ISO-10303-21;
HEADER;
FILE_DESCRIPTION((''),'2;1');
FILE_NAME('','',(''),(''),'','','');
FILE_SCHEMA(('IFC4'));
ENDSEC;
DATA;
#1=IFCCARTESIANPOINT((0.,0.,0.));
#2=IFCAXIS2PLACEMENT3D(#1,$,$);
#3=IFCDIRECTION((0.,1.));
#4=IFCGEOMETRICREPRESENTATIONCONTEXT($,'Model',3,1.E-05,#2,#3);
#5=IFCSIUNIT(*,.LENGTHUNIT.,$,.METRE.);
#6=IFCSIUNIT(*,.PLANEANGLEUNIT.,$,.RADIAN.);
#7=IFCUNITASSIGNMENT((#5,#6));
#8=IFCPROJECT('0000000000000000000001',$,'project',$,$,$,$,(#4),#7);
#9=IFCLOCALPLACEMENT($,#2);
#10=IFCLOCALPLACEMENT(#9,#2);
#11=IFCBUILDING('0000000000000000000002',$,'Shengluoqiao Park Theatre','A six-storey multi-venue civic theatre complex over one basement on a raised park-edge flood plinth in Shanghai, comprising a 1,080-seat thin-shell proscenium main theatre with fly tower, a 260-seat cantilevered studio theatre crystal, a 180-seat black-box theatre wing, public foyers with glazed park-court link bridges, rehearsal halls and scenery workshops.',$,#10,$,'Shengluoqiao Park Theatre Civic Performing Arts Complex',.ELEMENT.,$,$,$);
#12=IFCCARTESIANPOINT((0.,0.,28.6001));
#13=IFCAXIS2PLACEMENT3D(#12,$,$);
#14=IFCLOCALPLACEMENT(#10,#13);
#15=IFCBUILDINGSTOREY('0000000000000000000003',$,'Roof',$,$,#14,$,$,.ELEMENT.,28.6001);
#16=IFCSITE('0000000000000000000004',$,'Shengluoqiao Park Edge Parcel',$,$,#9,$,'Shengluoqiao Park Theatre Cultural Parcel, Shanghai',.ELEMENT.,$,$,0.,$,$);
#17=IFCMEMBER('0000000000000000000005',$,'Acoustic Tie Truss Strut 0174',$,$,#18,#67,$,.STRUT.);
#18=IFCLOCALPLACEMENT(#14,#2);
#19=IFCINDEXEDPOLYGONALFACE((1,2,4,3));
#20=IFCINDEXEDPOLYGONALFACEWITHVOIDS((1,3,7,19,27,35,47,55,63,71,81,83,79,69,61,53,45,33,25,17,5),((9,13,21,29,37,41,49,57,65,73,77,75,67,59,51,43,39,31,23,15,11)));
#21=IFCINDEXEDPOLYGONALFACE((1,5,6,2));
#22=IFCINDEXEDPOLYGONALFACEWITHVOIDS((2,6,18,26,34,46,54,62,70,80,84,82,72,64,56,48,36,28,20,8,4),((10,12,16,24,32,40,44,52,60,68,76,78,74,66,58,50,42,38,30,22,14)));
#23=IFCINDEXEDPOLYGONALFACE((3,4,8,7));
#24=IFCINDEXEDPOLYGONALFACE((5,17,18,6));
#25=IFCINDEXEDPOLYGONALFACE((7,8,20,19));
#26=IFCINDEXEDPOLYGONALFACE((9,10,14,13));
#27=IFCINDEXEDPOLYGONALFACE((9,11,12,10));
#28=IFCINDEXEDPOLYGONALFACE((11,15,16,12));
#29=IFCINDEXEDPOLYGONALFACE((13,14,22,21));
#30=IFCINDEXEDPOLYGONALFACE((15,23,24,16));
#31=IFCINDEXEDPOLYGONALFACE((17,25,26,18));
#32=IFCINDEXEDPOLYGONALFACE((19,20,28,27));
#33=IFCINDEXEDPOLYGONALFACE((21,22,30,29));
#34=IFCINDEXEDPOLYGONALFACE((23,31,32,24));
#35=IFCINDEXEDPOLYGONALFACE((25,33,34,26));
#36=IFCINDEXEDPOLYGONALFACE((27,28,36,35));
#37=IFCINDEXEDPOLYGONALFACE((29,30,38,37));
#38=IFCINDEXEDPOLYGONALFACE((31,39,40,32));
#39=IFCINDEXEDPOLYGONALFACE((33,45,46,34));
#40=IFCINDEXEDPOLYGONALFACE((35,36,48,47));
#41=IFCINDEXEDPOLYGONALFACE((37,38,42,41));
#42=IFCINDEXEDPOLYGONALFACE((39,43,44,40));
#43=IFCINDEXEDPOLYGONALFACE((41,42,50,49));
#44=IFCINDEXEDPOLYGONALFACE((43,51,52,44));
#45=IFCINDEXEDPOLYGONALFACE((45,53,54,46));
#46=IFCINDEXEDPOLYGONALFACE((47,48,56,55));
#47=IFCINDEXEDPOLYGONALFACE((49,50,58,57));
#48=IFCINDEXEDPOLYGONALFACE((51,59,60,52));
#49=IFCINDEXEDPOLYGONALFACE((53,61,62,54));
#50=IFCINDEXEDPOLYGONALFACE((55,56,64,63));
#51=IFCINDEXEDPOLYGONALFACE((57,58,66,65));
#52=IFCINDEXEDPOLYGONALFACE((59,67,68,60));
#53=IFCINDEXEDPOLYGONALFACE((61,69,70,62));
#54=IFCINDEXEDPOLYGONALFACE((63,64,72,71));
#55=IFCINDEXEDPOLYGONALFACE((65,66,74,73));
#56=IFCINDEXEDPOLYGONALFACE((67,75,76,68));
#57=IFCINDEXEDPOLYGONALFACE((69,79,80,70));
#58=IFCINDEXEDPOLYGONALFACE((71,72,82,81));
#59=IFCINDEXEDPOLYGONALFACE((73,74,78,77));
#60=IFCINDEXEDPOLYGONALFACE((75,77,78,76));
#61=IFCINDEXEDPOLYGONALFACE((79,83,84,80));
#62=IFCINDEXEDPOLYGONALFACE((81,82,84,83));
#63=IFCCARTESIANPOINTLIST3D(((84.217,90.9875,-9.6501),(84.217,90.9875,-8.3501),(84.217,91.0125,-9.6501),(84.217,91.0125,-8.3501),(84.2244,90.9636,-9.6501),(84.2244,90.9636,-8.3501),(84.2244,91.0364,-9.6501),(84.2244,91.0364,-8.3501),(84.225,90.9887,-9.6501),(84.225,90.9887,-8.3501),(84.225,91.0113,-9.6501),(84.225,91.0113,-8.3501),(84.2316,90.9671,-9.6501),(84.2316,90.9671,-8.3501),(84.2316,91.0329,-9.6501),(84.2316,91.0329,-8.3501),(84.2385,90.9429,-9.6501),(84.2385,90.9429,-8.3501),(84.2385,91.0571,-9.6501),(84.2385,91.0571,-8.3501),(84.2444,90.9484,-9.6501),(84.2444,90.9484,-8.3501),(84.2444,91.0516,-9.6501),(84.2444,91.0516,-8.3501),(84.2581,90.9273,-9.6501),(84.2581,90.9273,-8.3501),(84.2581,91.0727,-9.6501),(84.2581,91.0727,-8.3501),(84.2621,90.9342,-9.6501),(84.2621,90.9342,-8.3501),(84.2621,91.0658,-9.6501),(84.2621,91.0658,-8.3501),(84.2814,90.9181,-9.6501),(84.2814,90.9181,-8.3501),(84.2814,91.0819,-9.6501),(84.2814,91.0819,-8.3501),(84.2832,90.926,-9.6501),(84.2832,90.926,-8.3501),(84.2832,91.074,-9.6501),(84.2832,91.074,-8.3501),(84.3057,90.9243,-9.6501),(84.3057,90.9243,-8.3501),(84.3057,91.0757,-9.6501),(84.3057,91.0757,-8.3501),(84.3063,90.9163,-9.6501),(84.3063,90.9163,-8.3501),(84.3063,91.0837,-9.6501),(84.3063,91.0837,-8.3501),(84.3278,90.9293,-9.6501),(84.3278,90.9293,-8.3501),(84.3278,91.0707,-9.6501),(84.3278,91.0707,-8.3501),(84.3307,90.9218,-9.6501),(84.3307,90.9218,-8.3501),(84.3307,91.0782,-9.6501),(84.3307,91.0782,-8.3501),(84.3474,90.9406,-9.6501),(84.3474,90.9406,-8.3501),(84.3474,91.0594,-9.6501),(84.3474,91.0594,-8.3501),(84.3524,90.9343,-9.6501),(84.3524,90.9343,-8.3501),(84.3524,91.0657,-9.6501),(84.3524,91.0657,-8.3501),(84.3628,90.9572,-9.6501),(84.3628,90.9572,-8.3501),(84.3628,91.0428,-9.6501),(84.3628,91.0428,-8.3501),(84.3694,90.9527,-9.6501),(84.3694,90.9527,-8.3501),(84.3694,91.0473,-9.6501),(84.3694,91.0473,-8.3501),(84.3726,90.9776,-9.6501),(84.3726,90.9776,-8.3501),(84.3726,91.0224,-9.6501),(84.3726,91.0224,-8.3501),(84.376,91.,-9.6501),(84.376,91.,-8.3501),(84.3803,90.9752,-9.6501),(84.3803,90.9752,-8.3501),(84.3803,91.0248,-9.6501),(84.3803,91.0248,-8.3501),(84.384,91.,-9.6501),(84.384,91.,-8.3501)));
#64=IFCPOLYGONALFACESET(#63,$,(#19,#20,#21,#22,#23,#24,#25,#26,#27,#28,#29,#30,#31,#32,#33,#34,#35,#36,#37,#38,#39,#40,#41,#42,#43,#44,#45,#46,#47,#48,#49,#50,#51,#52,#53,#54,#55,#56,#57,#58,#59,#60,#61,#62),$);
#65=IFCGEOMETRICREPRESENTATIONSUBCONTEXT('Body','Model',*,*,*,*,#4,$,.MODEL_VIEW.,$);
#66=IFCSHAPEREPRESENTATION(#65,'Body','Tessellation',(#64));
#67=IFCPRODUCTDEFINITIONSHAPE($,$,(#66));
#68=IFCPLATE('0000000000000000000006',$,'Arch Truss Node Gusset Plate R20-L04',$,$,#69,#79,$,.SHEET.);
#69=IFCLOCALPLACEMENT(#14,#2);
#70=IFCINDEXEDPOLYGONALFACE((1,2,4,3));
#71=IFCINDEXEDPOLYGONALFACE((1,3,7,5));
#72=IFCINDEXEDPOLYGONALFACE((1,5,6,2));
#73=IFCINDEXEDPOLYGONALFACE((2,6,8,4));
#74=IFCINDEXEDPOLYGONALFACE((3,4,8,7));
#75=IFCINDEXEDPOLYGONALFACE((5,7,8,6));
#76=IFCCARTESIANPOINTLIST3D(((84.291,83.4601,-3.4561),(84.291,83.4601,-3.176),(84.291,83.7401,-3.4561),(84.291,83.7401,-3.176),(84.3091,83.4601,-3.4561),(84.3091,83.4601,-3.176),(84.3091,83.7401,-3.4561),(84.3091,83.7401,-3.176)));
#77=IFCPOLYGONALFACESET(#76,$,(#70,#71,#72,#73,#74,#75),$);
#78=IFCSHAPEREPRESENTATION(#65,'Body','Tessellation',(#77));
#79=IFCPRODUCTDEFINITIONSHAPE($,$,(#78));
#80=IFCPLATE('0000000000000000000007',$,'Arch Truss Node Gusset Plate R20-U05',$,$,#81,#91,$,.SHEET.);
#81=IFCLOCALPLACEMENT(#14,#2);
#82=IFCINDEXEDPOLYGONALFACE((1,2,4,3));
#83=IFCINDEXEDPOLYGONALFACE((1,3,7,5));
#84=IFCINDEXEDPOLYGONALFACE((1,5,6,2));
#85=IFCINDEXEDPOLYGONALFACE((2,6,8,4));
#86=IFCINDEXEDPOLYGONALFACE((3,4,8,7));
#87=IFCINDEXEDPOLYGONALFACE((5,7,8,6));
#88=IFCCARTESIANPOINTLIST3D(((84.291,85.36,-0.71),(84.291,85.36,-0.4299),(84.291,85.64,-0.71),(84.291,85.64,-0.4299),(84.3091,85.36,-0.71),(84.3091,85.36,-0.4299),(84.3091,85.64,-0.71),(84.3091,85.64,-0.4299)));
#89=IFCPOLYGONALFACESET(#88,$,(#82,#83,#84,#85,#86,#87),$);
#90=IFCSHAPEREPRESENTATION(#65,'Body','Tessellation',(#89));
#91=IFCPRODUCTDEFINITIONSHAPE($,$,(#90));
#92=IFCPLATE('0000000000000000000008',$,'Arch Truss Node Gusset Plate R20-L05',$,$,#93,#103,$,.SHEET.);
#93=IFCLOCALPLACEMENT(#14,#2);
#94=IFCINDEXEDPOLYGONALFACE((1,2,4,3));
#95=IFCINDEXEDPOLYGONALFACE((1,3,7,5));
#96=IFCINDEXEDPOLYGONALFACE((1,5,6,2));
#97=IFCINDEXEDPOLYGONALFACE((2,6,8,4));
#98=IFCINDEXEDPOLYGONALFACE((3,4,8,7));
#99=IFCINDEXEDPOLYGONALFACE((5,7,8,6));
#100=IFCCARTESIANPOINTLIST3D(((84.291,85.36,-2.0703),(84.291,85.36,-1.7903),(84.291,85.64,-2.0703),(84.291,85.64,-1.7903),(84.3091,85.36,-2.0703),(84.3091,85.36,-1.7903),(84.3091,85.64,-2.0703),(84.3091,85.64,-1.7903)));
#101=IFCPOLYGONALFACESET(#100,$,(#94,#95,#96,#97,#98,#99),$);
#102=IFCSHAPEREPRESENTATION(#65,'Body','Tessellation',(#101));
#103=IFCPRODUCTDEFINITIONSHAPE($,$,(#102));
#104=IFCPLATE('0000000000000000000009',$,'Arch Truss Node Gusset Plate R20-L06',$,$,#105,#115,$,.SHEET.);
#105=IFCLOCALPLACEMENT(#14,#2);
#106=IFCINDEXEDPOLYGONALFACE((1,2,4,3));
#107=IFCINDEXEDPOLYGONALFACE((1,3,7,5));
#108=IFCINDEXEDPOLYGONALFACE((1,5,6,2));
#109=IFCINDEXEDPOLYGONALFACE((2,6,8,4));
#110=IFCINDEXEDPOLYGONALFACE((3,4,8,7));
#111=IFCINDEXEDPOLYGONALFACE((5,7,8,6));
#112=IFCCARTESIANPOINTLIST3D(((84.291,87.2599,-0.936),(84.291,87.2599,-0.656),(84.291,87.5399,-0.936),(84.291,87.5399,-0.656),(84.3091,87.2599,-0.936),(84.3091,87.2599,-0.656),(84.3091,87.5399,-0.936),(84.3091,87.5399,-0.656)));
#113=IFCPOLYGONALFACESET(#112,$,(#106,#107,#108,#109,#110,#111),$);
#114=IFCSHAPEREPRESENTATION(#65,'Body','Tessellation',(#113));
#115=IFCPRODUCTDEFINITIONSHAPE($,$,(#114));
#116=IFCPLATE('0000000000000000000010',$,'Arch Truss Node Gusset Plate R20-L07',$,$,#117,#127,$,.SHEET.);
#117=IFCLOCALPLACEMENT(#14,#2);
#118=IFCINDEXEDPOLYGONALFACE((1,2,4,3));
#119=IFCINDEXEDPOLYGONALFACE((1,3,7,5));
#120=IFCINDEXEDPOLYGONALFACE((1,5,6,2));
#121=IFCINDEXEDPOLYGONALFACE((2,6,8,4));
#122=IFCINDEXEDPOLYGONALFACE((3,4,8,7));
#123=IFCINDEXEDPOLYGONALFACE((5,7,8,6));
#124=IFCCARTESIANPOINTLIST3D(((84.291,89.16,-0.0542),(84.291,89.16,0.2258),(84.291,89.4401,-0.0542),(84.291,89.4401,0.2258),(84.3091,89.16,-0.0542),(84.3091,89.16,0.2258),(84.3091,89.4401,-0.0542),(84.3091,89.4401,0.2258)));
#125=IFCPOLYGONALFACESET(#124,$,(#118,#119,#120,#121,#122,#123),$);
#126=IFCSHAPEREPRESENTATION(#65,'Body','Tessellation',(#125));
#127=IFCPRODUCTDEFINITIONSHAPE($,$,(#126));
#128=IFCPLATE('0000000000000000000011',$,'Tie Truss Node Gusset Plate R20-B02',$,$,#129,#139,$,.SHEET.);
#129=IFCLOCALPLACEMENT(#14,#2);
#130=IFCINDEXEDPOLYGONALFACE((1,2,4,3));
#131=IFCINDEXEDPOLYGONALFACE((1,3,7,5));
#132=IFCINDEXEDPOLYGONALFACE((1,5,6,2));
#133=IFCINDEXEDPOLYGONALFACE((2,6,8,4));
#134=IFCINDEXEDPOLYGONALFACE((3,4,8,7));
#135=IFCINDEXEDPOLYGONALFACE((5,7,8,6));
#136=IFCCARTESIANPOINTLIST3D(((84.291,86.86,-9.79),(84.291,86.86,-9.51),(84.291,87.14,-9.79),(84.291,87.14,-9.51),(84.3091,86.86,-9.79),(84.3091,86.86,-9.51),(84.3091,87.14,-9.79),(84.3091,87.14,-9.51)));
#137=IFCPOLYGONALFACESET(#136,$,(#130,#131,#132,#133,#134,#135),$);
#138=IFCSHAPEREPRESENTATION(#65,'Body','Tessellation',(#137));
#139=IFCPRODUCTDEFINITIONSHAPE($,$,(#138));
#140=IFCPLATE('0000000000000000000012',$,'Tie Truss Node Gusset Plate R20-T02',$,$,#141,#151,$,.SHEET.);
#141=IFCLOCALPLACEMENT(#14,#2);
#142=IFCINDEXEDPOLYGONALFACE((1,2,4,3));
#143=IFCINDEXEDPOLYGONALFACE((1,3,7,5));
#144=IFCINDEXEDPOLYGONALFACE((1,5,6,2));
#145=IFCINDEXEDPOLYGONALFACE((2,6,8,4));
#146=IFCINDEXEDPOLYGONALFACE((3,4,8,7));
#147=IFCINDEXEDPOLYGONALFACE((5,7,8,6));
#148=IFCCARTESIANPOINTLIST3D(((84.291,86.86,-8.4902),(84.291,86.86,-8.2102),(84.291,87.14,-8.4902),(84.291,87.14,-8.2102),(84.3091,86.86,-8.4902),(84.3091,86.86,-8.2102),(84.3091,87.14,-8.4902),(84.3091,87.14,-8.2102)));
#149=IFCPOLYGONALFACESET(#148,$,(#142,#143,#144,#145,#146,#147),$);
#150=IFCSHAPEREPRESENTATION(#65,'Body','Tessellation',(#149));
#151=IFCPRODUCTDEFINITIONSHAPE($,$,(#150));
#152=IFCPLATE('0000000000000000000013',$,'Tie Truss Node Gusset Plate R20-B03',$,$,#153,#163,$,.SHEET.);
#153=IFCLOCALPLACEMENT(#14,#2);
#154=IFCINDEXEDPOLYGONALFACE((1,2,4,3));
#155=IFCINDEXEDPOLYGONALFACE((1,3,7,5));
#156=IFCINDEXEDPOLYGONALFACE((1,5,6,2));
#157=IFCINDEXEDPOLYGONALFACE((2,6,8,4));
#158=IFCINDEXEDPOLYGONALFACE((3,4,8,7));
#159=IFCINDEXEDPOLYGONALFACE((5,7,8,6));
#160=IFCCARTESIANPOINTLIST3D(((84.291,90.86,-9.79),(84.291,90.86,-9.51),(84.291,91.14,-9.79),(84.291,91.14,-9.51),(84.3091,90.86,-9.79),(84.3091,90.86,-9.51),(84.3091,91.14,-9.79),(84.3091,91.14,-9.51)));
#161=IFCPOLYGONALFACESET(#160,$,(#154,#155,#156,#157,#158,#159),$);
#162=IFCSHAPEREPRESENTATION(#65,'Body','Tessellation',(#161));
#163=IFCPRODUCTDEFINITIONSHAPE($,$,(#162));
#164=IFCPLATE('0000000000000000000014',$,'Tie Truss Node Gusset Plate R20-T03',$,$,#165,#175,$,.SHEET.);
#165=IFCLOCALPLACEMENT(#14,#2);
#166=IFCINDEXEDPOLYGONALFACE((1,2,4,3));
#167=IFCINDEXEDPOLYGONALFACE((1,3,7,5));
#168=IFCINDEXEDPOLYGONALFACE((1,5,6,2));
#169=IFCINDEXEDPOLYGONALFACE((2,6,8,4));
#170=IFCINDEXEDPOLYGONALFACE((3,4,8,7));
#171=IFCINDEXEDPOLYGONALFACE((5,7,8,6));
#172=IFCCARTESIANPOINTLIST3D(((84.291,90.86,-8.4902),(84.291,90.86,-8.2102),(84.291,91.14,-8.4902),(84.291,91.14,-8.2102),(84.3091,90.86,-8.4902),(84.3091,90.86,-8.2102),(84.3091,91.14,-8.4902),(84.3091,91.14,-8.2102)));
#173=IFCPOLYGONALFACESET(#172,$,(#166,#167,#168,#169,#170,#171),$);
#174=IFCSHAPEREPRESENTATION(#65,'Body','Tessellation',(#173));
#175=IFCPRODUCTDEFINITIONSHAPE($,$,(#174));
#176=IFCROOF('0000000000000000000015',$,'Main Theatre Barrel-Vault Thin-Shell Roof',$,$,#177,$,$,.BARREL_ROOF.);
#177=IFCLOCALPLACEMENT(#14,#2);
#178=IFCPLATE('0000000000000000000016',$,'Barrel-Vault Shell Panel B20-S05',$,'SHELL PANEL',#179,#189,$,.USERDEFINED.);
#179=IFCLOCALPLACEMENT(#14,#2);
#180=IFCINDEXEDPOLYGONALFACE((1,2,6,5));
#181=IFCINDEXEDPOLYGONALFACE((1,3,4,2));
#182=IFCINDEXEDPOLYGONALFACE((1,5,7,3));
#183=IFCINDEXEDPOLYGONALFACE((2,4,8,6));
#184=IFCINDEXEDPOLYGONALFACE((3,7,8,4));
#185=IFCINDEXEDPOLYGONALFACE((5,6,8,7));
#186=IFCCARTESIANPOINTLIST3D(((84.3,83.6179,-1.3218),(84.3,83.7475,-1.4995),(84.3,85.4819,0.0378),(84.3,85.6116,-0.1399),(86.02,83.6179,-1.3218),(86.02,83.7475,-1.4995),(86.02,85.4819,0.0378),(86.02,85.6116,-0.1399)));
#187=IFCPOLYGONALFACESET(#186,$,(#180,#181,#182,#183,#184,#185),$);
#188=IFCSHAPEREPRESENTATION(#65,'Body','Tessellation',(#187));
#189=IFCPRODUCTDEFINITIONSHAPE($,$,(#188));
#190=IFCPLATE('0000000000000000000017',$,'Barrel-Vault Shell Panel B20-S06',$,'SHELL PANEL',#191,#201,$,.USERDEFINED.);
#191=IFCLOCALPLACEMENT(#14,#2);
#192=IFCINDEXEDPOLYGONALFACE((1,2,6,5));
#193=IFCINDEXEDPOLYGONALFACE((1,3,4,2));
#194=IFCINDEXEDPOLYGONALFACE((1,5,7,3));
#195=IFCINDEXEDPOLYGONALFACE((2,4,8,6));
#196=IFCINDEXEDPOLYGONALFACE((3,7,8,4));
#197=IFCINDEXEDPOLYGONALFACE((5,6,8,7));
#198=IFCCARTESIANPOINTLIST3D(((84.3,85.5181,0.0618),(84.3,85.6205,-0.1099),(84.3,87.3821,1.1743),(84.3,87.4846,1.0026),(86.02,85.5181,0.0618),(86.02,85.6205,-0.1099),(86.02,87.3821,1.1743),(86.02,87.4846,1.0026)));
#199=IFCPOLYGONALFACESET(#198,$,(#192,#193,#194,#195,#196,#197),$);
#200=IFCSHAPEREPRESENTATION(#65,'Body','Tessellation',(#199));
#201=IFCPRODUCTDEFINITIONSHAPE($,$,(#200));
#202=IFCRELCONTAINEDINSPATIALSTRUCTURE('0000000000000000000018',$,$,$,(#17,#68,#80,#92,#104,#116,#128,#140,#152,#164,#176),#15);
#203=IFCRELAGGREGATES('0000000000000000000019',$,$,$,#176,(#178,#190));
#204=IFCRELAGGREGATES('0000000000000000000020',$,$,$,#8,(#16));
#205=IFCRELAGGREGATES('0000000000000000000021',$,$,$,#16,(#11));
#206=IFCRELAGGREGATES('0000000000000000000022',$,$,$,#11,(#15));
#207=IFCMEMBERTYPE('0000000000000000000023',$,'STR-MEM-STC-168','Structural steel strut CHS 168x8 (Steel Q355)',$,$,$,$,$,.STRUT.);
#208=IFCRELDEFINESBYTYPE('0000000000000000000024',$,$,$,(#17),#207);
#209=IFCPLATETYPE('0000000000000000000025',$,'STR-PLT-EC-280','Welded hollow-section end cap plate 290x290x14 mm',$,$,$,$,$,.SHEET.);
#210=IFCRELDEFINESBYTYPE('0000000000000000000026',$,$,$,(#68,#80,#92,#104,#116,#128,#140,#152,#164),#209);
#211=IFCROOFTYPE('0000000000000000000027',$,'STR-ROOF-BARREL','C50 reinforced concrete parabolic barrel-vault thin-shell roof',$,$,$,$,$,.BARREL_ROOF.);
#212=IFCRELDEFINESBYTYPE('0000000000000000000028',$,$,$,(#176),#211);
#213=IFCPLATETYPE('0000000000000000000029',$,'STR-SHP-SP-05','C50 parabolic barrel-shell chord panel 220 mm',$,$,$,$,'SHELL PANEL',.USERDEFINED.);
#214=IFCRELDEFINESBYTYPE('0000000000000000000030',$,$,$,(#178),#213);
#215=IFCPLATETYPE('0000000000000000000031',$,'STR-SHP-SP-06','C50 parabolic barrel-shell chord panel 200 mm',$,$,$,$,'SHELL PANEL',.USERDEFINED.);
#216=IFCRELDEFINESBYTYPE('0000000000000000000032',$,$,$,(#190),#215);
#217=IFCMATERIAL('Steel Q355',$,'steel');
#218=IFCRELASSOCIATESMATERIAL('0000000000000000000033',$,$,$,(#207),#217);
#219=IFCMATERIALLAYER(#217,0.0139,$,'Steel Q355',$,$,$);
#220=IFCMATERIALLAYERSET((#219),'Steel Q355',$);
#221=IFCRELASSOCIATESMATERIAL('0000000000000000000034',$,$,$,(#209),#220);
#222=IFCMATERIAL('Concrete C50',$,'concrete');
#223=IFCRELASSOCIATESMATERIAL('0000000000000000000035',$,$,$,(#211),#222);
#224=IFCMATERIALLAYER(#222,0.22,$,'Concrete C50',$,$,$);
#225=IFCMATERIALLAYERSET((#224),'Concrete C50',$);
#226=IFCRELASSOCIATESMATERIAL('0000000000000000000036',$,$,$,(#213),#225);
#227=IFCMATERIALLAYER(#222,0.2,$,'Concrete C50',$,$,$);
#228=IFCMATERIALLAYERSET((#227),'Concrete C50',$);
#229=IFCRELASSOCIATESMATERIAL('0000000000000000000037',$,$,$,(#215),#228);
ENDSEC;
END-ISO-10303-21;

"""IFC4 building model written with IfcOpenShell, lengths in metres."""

from ifc_helpers import new_model, si_unit, direction, frame, origin, origin_2d, place, context, subcontext, project, spatial, polyline, rectangle, hollow_circle, outline, extrude, material, layer, layer_set, material_profile, profile_set, type_object, element, aggregate, save


model = new_model("IFC4")

# Units and contexts
model_context = context("Model", 3, precision=1e-05, world=origin(), true_north=direction((0.0, 1.0)))
body_context = subcontext(model_context, "Body", "Model", "MODEL_VIEW")
ifc_project = project(units=[si_unit("LENGTHUNIT", "METRE"), si_unit("PLANEANGLEUNIT", "RADIAN")], contexts=[model_context])

# Site, building, storey
site_placement = place(None, origin())
site = spatial("IfcSite", under=ifc_project, at=site_placement, Name="Shengluoqiao Park Edge Parcel", LongName="Shengluoqiao Park Theatre Cultural Parcel, Shanghai", CompositionType="ELEMENT", RefElevation=0.0)
building_placement = place(site_placement, origin())
building = spatial("IfcBuilding", under=site, at=building_placement, Name="Shengluoqiao Park Theatre", Description="A six-storey multi-venue civic theatre complex over one basement on a raised park-edge flood plinth in Shanghai, comprising a 1,080-seat thin-shell proscenium main theatre with fly tower, a 260-seat cantilevered studio theatre crystal, a 180-seat black-box theatre wing, public foyers with glazed park-court link bridges, rehearsal halls and scenery workshops.", LongName="Shengluoqiao Park Theatre Civic Performing Arts Complex", CompositionType="ELEMENT")
storey_placement = place(building_placement, frame((0.0, 0.0, 28.6001)))
storey = spatial("IfcBuildingStorey", under=building, at=storey_placement, Name="Roof", CompositionType="ELEMENT", Elevation=28.6001)

# Shared definitions
ifc_material_1 = material(Name="Concrete C50", Category="concrete")
ifc_material_2 = material(Name="Steel Q355", Category="steel")

# Member
ifc_material_profile_1 = material_profile(ifc_material_2, hollow_circle(Radius=0.084, WallThickness=0.0081, at=origin_2d()), Name="CHS 168x8")
ifc_profile_set_1 = profile_set([ifc_material_profile_1], Name="Steel Q355")
member_type_1 = type_object("IfcMemberType", Name="STR-MEM-STC-168", Description="Structural steel strut CHS 168x8 (Steel Q355)", PredefinedType="STRUT", material=ifc_profile_set_1)
for number, where, z_axis, x_axis, name in (
    (1, (84.3, 91.0, -9.6501), (0.0, 0.0, 1.0), (1.0, 0.0, 0.0), "Acoustic Tie Truss Strut 0174"),
):
    element("IfcMember", number, at=place(storey_placement, frame(where, z_axis=z_axis, x_axis=x_axis)), inside=storey, type_object=member_type_1, Name=name, PredefinedType="STRUT", context=body_context, shape_type="SweptSolid", body=[
        extrude(hollow_circle(Radius=0.084, WallThickness=0.0081, at=origin_2d()), origin(), (0.0, 0.0, 1.0), 1.3),
    ])

# Plates
ifc_layer_1 = layer(ifc_material_2, 0.0139, Name="Steel Q355")
ifc_layer_set_1 = layer_set([ifc_layer_1], Name="Steel Q355")
plate_type_1 = type_object("IfcPlateType", Name="STR-PLT-EC-280", Description="Welded hollow-section end cap plate 290x290x14 mm", PredefinedType="SHEET", material=ifc_layer_set_1)
for number, where, z_axis, x_axis, name in (
    (2, (84.3, 83.6001, -3.4561), (0.0, 0.0, 1.0), (1.0, 0.0, 0.0), "Arch Truss Node Gusset Plate R20-L04"),
    (3, (84.3, 85.5, -0.71), (0.0, 0.0, 1.0), (1.0, 0.0, 0.0), "Arch Truss Node Gusset Plate R20-U05"),
    (4, (84.3, 85.5, -2.0703), (0.0, 0.0, 1.0), (1.0, 0.0, 0.0), "Arch Truss Node Gusset Plate R20-L05"),
    (5, (84.3, 87.3999, -0.936), (0.0, 0.0, 1.0), (1.0, 0.0, 0.0), "Arch Truss Node Gusset Plate R20-L06"),
    (6, (84.3, 89.3, -0.0542), (0.0, 0.0, 1.0), (1.0, 0.0, 0.0), "Arch Truss Node Gusset Plate R20-L07"),
    (7, (84.3, 87.0, -9.79), (0.0, 0.0, 1.0), (1.0, 0.0, 0.0), "Tie Truss Node Gusset Plate R20-B02"),
    (8, (84.3, 87.0, -8.4902), (0.0, 0.0, 1.0), (1.0, 0.0, 0.0), "Tie Truss Node Gusset Plate R20-T02"),
    (9, (84.3, 91.0, -9.79), (0.0, 0.0, 1.0), (1.0, 0.0, 0.0), "Tie Truss Node Gusset Plate R20-B03"),
    (10, (84.3, 91.0, -8.4902), (0.0, 0.0, 1.0), (1.0, 0.0, 0.0), "Tie Truss Node Gusset Plate R20-T03"),
):
    element("IfcPlate", number, at=place(storey_placement, frame(where, z_axis=z_axis, x_axis=x_axis)), inside=storey, type_object=plate_type_1, Name=name, PredefinedType="SHEET", context=body_context, shape_type="SweptSolid", body=[
        extrude(rectangle(XDim=0.0181, YDim=0.28, at=origin_2d()), origin(), (0.0, 0.0, 1.0), 0.28),
    ])

# Roof, plates
roof_type = type_object("IfcRoofType", Name="STR-ROOF-BARREL", Description="C50 reinforced concrete parabolic barrel-vault thin-shell roof", PredefinedType="BARREL_ROOF", material=ifc_material_1)
roof_placement = place(storey_placement, origin())
roof = element("IfcRoof", 11, at=roof_placement, inside=storey, type_object=roof_type, Name="Main Theatre Barrel-Vault Thin-Shell Roof", PredefinedType="BARREL_ROOF")
ifc_layer_2 = layer(ifc_material_1, 0.22, Name="Concrete C50")
ifc_layer_set_2 = layer_set([ifc_layer_2], Name="Concrete C50")
plate_type_2 = type_object("IfcPlateType", Name="STR-SHP-SP-05", Description="C50 parabolic barrel-shell chord panel 220 mm", ElementType="SHELL PANEL", PredefinedType="USERDEFINED", material=ifc_layer_set_2)
plate_1_placement = place(storey_placement, frame((84.3, 83.6179, -1.3218), z_axis=(0.0, -0.589297, 0.807916), x_axis=(1.0, 0.0, 0.0)))
plate_1 = element("IfcPlate", 12, at=plate_1_placement, type_object=plate_type_2, Name="Barrel-Vault Shell Panel B20-S05", ObjectType="SHELL PANEL", PredefinedType="USERDEFINED", context=body_context, shape_type="SweptSolid", body=[
    extrude(outline(polyline([(0.0, 0.0), (1.72, 0.0), (1.72, 2.3072), (0.0, 2.3072), (0.0, 0.0)])), origin(), (0.0, 0.0, -1.0), 0.22),
])
ifc_layer_3 = layer(ifc_material_1, 0.2, Name="Concrete C50")
ifc_layer_set_3 = layer_set([ifc_layer_3], Name="Concrete C50")
plate_type_3 = type_object("IfcPlateType", Name="STR-SHP-SP-06", Description="C50 parabolic barrel-shell chord panel 200 mm", ElementType="SHELL PANEL", PredefinedType="USERDEFINED", material=ifc_layer_set_3)
plate_2_placement = place(storey_placement, frame((84.3, 85.5181, 0.0618), z_axis=(0.0, -0.51251, 0.858681), x_axis=(1.0, 0.0, 0.0)))
plate_2 = element("IfcPlate", 13, at=plate_2_placement, type_object=plate_type_3, Name="Barrel-Vault Shell Panel B20-S06", ObjectType="SHELL PANEL", PredefinedType="USERDEFINED", context=body_context, shape_type="SweptSolid", body=[
    extrude(outline(polyline([(0.0, 0.0), (1.72, 0.0), (1.72, 2.1708), (0.0, 2.1708), (0.0, 0.0)])), origin(), (0.0, 0.0, -1.0), 0.2),
])
aggregate(roof, [plate_1, plate_2])

save(model, "model.ifc")
